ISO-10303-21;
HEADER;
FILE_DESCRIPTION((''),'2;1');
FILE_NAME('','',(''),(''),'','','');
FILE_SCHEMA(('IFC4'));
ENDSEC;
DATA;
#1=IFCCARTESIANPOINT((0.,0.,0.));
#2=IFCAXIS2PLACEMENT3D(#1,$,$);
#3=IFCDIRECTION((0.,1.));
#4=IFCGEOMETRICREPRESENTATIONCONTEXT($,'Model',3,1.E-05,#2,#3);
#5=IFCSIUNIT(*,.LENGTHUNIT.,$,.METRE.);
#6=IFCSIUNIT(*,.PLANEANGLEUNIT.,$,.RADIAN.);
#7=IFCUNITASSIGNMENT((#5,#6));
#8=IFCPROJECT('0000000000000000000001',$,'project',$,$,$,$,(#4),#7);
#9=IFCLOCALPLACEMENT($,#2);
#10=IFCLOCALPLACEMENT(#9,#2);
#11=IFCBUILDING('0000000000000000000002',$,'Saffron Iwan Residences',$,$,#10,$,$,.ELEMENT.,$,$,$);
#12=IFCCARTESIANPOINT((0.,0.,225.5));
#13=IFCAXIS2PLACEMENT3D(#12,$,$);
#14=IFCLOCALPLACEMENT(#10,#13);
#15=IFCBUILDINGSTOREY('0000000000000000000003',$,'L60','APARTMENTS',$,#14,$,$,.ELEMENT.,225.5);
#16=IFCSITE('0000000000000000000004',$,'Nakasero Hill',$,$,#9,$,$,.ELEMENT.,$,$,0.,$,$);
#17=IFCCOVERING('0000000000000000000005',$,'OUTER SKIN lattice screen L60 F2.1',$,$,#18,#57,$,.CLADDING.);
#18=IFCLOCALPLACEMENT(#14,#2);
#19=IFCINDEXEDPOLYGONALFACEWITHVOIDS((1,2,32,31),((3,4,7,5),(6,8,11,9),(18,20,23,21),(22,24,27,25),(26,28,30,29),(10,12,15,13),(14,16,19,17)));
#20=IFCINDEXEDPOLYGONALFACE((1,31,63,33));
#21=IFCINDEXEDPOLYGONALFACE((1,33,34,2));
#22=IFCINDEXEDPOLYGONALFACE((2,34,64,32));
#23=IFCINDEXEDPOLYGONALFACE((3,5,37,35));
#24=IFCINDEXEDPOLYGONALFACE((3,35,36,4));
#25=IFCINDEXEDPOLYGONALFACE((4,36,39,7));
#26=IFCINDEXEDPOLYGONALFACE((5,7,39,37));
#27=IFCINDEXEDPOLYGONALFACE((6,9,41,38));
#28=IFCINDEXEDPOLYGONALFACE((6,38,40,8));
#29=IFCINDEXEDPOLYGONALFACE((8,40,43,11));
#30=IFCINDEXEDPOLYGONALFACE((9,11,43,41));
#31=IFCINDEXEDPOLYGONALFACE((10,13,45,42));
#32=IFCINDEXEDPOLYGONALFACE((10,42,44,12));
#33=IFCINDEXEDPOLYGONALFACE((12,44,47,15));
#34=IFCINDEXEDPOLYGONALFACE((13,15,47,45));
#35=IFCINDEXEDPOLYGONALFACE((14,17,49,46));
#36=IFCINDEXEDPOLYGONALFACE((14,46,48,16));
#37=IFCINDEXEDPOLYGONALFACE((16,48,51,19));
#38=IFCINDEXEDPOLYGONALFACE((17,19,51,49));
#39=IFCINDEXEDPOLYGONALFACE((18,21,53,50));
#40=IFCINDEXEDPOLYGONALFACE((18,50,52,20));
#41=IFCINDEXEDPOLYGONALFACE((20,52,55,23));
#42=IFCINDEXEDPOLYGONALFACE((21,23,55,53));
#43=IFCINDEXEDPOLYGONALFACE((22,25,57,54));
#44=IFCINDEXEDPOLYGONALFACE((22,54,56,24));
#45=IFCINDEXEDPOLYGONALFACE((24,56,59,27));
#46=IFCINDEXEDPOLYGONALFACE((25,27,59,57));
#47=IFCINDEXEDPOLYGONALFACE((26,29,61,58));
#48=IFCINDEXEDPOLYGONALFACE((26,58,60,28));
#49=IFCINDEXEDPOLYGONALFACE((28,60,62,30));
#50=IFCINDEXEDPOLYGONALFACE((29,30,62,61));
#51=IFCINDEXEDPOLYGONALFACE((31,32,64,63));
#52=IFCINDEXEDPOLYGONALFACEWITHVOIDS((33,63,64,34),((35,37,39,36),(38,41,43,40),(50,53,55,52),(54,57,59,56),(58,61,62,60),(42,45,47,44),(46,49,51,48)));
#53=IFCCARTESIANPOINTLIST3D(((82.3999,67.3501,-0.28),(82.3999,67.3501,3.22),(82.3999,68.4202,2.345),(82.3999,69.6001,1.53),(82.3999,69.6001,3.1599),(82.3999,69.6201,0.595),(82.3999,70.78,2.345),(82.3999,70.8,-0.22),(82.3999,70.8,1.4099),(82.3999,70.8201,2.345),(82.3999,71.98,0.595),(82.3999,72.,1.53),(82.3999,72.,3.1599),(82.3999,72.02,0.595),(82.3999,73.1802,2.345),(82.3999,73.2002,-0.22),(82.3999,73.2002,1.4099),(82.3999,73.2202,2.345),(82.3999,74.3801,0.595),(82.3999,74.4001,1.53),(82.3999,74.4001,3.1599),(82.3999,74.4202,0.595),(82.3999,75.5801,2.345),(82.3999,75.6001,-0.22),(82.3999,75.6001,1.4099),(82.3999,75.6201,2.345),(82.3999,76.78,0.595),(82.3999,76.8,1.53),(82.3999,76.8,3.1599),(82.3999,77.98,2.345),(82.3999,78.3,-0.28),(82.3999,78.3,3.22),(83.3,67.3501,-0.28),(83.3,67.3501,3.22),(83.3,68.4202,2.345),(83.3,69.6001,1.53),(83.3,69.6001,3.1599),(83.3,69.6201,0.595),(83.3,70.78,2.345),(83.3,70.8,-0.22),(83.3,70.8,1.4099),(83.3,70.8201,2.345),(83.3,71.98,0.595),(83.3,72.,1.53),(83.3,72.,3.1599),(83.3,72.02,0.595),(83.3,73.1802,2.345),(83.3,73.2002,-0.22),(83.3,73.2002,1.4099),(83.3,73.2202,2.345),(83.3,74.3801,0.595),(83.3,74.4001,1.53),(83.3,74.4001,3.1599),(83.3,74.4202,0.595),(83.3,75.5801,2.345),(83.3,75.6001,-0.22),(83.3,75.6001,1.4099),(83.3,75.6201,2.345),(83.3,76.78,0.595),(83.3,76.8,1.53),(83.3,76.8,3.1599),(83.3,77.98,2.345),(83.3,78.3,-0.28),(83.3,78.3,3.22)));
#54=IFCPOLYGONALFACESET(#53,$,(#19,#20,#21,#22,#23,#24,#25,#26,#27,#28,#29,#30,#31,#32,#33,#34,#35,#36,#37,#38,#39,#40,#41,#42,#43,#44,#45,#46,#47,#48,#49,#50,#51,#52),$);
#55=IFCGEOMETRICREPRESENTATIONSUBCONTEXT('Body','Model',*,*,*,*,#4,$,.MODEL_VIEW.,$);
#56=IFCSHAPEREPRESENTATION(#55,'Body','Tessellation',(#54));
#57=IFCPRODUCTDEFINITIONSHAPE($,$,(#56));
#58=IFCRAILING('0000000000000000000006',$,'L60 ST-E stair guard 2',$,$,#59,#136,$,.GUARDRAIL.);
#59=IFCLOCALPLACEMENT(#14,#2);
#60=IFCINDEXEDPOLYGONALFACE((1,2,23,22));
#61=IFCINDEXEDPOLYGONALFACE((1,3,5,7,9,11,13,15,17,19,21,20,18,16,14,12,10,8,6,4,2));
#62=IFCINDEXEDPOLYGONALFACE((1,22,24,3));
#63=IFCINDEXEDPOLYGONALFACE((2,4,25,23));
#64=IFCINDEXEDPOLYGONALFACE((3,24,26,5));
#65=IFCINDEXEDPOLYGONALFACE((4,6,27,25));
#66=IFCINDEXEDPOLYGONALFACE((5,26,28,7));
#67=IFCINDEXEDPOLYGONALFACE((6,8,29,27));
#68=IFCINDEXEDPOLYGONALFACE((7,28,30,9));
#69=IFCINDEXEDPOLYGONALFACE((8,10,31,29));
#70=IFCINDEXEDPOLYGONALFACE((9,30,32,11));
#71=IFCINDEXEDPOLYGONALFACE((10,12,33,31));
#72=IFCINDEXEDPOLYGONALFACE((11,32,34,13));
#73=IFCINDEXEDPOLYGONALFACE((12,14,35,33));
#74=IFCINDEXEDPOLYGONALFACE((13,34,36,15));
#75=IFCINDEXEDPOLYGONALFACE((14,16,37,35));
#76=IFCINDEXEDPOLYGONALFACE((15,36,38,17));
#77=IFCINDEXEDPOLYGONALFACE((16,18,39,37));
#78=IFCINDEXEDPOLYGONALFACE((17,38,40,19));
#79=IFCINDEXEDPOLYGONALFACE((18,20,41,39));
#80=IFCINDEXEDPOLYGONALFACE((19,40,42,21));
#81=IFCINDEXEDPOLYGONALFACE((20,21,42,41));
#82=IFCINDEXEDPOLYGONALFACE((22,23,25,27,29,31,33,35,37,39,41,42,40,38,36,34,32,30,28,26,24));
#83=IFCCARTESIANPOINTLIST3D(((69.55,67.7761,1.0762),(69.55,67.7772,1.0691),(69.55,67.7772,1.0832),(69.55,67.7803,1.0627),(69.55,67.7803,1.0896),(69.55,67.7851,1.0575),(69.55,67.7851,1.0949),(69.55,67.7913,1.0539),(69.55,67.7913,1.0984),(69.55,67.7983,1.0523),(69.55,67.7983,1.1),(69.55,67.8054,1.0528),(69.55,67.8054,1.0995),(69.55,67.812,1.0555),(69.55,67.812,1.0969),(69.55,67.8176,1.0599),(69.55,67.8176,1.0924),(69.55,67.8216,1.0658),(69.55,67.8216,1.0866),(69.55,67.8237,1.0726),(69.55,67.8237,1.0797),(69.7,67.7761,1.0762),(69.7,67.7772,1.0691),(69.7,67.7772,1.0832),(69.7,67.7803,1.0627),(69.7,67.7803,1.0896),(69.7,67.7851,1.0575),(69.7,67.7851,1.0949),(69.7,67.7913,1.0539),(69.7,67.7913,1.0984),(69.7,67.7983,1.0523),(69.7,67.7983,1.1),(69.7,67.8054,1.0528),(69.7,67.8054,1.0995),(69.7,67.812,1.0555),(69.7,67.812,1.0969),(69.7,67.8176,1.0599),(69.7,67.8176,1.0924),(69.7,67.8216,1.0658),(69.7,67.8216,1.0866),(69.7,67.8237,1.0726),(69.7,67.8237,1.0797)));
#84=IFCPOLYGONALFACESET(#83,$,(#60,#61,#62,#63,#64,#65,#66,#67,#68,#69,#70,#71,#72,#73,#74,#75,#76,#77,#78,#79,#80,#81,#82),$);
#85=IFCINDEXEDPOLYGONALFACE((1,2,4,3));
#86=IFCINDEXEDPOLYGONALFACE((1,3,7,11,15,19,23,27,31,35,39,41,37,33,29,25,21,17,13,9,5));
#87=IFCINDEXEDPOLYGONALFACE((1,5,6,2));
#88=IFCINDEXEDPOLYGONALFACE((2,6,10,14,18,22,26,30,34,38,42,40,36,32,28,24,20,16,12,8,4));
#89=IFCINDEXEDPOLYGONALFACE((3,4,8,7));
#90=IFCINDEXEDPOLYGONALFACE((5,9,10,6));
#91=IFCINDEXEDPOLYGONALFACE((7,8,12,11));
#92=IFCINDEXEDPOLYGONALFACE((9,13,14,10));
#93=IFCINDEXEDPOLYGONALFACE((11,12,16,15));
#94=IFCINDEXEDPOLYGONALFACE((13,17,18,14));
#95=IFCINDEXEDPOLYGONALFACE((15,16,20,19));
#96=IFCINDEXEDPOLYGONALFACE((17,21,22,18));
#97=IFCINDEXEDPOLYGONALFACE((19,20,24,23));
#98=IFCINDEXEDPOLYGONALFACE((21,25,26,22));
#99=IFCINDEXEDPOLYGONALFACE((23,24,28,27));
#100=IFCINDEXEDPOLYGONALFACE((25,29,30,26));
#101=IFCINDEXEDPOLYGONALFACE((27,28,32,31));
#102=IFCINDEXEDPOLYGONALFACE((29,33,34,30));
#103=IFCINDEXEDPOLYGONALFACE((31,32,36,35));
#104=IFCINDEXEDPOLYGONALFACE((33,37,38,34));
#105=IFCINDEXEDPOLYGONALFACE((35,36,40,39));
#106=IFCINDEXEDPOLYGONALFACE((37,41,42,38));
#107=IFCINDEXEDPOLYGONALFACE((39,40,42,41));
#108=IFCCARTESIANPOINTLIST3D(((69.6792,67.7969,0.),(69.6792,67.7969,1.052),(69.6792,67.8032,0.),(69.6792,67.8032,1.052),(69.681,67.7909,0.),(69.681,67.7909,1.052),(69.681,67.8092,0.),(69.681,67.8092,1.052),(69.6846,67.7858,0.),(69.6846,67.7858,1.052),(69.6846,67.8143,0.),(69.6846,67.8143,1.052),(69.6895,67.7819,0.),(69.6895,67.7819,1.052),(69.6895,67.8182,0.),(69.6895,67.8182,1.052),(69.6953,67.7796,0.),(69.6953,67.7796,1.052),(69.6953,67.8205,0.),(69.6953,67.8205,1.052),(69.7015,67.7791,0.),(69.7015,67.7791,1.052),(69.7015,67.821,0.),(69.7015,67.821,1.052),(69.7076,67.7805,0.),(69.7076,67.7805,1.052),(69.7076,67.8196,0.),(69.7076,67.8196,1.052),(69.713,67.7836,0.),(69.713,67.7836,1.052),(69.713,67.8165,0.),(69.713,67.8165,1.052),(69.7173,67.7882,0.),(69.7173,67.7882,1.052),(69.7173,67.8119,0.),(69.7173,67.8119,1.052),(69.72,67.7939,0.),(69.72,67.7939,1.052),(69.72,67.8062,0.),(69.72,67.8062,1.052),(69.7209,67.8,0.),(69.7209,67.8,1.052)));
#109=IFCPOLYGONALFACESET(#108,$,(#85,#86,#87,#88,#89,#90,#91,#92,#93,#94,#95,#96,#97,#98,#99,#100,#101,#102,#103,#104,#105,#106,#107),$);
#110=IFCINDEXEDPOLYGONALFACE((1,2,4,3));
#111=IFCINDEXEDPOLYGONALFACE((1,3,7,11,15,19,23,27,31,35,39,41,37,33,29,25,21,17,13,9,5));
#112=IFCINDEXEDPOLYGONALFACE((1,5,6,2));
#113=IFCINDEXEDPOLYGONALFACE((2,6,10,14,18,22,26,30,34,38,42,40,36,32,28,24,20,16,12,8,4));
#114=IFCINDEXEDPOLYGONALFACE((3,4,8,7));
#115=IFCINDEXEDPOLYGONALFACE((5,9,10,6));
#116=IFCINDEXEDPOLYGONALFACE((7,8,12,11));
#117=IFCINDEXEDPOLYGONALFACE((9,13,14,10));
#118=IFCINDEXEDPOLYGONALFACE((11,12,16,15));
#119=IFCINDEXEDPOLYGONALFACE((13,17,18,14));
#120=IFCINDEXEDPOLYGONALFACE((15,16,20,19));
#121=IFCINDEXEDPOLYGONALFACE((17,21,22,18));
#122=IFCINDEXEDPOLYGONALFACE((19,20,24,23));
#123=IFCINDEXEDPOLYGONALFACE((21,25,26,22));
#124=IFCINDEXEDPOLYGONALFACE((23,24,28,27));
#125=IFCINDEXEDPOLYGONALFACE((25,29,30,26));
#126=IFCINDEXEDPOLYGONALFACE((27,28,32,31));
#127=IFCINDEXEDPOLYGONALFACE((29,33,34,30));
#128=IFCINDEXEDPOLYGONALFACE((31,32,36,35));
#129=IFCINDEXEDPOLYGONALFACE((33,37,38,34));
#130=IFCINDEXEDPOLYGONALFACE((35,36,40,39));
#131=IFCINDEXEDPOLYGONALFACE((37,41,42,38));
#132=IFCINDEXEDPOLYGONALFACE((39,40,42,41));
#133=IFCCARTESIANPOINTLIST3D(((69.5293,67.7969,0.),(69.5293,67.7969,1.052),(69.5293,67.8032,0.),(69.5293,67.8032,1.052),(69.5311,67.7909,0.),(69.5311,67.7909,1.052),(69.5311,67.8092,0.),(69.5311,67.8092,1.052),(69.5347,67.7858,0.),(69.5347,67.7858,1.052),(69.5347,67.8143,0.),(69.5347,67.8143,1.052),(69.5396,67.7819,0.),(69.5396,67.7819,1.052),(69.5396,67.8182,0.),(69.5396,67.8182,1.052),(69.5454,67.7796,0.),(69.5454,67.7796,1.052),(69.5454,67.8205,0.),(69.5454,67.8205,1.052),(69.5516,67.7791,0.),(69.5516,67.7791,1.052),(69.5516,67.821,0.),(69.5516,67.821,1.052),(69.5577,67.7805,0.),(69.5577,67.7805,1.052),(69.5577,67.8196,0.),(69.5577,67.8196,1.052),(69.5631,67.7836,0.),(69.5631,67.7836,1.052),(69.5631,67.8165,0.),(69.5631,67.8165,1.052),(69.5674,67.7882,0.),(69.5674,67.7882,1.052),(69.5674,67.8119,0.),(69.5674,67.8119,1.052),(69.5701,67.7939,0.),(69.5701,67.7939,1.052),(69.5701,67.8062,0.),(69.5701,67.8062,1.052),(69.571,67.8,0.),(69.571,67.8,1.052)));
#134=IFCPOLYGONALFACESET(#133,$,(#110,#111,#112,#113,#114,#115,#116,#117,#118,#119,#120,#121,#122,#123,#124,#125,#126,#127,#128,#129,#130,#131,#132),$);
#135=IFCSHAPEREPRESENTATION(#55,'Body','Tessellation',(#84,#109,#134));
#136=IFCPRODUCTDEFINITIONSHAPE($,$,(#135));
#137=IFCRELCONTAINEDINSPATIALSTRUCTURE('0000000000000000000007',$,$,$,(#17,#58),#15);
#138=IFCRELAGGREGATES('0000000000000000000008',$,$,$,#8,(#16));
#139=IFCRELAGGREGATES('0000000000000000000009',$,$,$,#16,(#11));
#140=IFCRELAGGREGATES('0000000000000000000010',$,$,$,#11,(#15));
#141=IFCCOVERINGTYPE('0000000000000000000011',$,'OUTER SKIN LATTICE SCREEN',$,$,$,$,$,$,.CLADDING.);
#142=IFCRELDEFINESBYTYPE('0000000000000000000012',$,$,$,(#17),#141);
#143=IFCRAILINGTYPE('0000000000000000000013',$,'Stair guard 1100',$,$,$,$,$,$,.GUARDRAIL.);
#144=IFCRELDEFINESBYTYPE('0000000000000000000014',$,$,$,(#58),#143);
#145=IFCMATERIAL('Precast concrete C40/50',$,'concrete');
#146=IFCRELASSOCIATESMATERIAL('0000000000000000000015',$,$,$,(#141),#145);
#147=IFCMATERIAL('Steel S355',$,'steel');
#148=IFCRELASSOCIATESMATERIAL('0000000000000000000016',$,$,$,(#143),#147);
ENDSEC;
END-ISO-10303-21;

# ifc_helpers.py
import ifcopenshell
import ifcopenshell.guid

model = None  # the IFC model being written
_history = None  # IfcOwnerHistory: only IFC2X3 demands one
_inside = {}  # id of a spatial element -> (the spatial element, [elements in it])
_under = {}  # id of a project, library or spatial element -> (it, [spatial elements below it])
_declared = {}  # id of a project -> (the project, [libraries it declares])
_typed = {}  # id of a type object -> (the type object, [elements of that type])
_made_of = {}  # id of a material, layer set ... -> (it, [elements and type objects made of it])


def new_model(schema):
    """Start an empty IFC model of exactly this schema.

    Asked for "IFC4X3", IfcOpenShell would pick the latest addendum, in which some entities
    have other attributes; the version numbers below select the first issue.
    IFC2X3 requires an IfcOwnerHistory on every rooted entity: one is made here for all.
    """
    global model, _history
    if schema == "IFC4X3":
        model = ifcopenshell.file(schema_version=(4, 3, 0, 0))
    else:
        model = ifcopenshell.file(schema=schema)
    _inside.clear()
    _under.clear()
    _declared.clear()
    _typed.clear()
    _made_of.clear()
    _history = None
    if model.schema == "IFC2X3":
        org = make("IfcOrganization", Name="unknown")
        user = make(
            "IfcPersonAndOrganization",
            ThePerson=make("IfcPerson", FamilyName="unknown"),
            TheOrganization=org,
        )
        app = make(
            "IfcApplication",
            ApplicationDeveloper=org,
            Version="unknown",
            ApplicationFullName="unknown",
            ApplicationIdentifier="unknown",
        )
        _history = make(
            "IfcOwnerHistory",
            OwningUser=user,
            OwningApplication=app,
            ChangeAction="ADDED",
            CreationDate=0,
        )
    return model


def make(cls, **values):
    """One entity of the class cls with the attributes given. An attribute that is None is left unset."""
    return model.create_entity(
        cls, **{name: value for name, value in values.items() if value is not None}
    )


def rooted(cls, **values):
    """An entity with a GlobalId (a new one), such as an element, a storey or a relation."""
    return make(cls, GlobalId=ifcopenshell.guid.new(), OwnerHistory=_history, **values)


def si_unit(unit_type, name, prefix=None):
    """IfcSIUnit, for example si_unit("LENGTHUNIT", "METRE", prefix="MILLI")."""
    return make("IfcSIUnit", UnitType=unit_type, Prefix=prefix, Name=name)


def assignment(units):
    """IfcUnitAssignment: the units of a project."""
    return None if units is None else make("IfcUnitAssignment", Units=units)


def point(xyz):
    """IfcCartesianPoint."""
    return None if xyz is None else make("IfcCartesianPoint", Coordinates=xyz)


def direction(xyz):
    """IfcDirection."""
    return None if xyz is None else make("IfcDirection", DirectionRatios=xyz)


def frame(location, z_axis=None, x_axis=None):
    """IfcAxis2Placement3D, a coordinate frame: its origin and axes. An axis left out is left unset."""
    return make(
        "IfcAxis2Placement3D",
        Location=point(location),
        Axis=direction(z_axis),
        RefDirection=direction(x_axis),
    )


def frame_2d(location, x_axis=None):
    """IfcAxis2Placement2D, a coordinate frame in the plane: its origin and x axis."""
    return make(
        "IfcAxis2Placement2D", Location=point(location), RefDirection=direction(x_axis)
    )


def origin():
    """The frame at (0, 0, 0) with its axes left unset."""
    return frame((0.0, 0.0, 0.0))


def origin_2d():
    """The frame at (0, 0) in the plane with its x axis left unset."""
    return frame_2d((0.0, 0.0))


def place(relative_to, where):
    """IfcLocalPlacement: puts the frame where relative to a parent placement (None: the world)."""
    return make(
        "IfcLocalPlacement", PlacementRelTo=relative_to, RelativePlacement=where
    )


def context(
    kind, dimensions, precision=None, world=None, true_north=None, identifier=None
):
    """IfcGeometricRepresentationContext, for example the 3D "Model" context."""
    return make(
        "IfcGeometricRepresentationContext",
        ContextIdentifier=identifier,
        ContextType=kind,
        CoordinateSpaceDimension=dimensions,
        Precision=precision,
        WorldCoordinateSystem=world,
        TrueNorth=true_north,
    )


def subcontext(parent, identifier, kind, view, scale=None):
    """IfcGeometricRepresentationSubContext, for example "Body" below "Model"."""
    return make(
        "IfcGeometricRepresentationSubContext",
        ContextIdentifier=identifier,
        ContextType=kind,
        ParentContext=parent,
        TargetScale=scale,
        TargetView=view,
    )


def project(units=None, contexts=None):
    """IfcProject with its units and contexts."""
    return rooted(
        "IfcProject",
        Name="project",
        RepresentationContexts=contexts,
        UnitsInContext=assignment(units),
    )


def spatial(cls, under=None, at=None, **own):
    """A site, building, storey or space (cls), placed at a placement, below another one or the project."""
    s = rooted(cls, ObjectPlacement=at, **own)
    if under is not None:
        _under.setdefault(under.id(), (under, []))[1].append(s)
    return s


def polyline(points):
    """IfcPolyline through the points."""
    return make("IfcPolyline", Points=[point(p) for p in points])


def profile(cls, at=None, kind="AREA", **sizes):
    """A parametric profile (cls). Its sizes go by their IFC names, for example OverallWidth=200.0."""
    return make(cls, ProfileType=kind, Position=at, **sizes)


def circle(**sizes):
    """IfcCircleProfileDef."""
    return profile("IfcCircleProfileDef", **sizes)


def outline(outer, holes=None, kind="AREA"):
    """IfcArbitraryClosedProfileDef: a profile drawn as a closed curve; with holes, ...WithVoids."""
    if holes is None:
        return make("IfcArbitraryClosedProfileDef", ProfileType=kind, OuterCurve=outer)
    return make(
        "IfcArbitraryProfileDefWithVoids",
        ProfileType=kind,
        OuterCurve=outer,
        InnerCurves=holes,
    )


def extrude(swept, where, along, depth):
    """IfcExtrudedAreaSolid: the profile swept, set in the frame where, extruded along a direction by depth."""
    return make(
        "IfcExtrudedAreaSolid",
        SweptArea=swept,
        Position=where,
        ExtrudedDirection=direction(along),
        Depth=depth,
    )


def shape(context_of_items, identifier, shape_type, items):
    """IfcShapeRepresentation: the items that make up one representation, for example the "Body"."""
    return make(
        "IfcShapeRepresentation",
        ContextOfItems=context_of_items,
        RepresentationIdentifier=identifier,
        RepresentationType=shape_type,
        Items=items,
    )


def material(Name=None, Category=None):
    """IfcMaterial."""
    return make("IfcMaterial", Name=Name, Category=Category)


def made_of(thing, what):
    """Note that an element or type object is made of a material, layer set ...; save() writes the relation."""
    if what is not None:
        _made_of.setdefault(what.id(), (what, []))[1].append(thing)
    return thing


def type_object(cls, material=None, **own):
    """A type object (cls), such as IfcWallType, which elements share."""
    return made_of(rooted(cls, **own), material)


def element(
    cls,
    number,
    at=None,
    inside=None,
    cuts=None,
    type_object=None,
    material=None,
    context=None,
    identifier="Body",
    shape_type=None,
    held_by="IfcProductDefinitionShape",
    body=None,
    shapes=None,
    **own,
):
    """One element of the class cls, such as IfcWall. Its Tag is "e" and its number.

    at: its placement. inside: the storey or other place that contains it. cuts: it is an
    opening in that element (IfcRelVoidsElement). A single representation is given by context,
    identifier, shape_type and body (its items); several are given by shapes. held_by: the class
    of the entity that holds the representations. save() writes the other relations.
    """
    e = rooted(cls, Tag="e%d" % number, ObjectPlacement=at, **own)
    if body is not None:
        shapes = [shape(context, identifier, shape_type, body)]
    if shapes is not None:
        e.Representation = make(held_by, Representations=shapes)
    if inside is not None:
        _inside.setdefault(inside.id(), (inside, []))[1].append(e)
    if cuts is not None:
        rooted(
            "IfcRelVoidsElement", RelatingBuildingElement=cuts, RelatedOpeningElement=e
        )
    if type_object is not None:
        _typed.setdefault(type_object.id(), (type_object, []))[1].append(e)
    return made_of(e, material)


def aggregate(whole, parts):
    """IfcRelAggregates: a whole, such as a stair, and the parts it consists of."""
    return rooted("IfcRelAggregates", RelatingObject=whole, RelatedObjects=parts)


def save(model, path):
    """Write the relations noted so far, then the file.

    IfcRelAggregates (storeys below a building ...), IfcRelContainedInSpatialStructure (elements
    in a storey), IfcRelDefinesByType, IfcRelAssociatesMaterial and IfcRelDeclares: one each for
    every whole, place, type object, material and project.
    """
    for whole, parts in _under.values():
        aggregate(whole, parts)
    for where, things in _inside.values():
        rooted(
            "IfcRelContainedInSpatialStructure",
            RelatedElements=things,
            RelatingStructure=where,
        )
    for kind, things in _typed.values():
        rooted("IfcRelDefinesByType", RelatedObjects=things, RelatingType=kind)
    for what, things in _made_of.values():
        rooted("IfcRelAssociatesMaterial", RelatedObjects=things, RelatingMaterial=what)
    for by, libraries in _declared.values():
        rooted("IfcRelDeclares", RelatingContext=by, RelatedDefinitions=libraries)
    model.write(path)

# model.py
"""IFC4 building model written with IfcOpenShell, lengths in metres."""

from ifc_helpers import new_model, si_unit, direction, frame, origin, origin_2d, place, context, subcontext, project, spatial, polyline, circle, outline, extrude, material, type_object, element, save


model = new_model("IFC4")

# Units and contexts
model_context = context("Model", 3, precision=1e-05, world=origin(), true_north=direction((0.0, 1.0)))
body_context = subcontext(model_context, "Body", "Model", "MODEL_VIEW")
ifc_project = project(units=[si_unit("LENGTHUNIT", "METRE"), si_unit("PLANEANGLEUNIT", "RADIAN")], contexts=[model_context])

# Site, building, storey
site_placement = place(None, origin())
site = spatial("IfcSite", under=ifc_project, at=site_placement, Name="Nakasero Hill", CompositionType="ELEMENT", RefElevation=0.0)
building_placement = place(site_placement, origin())
building = spatial("IfcBuilding", under=site, at=building_placement, Name="Saffron Iwan Residences", CompositionType="ELEMENT")
storey_placement = place(building_placement, frame((0.0, 0.0, 225.5)))
storey = spatial("IfcBuildingStorey", under=building, at=storey_placement, Name="L60", Description="APARTMENTS", CompositionType="ELEMENT", Elevation=225.5)

# Covering
ifc_material_1 = material(Name="Precast concrete C40/50", Category="concrete")
covering_type = type_object("IfcCoveringType", Name="OUTER SKIN LATTICE SCREEN", PredefinedType="CLADDING", material=ifc_material_1)
covering_placement = place(storey_placement, frame((82.3999, 67.3501, -0.28), z_axis=(1.0, 0.0, 0.0), x_axis=(0.0, 1.0, 0.0)))
element("IfcCovering", 1, at=covering_placement, inside=storey, type_object=covering_type, Name="OUTER SKIN lattice screen L60 F2.1", PredefinedType="CLADDING", context=body_context, shape_type="SweptSolid", body=[
    extrude(outline(polyline([(0.0, 0.0), (10.95, 0.0), (10.95, 3.5), (0.0, 3.5), (0.0, 0.0)]), holes=[polyline([(2.27, 0.875), (3.45, 0.0601), (4.6299, 0.875), (3.45, 1.6899), (2.27, 0.875)]), polyline([(4.6699, 0.875), (5.8501, 0.0601), (7.03, 0.875), (5.8501, 1.6899), (4.6699, 0.875)]), polyline([(7.0701, 0.875), (8.25, 0.0601), (9.4299, 0.875), (8.25, 1.6899), (7.0701, 0.875)]), polyline([(1.0701, 2.625), (2.25, 1.8101), (3.4299, 2.625), (2.25, 3.4399), (1.0701, 2.625)]), polyline([(3.47, 2.625), (4.6499, 1.8101), (5.8301, 2.625), (4.6499, 3.4399), (3.47, 2.625)]), polyline([(5.8701, 2.625), (7.05, 1.8101), (8.23, 2.625), (7.05, 3.4399), (5.8701, 2.625)]), polyline([(8.27, 2.625), (9.45, 1.8101), (10.6299, 2.625), (9.45, 3.4399), (8.27, 2.625)])]), origin(), (0.0, 0.0, 1.0), 0.9001),
])

# Railing
ifc_material_2 = material(Name="Steel S355", Category="steel")
railing_type_1 = type_object("IfcRailingType", Name="Stair guard 1100", PredefinedType="GUARDRAIL", material=ifc_material_2)
railing_1_placement = place(storey_placement, frame((69.7, 67.8, 0.0)))
element("IfcRailing", 2, at=railing_1_placement, inside=storey, type_object=railing_type_1, Name="L60 ST-E stair guard 2", PredefinedType="GUARDRAIL", context=body_context, shape_type="SweptSolid", body=[
    extrude(circle(Radius=0.0239, at=origin_2d()), frame((0.0, 0.0, 1.0762), z_axis=(-1.0, 0.0, 0.0), x_axis=(0.0, -1.0, 0.0)), (0.0, 0.0, 1.0), 0.1499),
    extrude(circle(Radius=0.021, at=origin_2d()), origin(), (0.0, 0.0, 1.0), 1.052),
    extrude(circle(Radius=0.021, at=origin_2d()), frame((-0.1499, 0.0, 0.0)), (0.0, 0.0, 1.0), 1.052),
])

save(model, "model.ifc")
